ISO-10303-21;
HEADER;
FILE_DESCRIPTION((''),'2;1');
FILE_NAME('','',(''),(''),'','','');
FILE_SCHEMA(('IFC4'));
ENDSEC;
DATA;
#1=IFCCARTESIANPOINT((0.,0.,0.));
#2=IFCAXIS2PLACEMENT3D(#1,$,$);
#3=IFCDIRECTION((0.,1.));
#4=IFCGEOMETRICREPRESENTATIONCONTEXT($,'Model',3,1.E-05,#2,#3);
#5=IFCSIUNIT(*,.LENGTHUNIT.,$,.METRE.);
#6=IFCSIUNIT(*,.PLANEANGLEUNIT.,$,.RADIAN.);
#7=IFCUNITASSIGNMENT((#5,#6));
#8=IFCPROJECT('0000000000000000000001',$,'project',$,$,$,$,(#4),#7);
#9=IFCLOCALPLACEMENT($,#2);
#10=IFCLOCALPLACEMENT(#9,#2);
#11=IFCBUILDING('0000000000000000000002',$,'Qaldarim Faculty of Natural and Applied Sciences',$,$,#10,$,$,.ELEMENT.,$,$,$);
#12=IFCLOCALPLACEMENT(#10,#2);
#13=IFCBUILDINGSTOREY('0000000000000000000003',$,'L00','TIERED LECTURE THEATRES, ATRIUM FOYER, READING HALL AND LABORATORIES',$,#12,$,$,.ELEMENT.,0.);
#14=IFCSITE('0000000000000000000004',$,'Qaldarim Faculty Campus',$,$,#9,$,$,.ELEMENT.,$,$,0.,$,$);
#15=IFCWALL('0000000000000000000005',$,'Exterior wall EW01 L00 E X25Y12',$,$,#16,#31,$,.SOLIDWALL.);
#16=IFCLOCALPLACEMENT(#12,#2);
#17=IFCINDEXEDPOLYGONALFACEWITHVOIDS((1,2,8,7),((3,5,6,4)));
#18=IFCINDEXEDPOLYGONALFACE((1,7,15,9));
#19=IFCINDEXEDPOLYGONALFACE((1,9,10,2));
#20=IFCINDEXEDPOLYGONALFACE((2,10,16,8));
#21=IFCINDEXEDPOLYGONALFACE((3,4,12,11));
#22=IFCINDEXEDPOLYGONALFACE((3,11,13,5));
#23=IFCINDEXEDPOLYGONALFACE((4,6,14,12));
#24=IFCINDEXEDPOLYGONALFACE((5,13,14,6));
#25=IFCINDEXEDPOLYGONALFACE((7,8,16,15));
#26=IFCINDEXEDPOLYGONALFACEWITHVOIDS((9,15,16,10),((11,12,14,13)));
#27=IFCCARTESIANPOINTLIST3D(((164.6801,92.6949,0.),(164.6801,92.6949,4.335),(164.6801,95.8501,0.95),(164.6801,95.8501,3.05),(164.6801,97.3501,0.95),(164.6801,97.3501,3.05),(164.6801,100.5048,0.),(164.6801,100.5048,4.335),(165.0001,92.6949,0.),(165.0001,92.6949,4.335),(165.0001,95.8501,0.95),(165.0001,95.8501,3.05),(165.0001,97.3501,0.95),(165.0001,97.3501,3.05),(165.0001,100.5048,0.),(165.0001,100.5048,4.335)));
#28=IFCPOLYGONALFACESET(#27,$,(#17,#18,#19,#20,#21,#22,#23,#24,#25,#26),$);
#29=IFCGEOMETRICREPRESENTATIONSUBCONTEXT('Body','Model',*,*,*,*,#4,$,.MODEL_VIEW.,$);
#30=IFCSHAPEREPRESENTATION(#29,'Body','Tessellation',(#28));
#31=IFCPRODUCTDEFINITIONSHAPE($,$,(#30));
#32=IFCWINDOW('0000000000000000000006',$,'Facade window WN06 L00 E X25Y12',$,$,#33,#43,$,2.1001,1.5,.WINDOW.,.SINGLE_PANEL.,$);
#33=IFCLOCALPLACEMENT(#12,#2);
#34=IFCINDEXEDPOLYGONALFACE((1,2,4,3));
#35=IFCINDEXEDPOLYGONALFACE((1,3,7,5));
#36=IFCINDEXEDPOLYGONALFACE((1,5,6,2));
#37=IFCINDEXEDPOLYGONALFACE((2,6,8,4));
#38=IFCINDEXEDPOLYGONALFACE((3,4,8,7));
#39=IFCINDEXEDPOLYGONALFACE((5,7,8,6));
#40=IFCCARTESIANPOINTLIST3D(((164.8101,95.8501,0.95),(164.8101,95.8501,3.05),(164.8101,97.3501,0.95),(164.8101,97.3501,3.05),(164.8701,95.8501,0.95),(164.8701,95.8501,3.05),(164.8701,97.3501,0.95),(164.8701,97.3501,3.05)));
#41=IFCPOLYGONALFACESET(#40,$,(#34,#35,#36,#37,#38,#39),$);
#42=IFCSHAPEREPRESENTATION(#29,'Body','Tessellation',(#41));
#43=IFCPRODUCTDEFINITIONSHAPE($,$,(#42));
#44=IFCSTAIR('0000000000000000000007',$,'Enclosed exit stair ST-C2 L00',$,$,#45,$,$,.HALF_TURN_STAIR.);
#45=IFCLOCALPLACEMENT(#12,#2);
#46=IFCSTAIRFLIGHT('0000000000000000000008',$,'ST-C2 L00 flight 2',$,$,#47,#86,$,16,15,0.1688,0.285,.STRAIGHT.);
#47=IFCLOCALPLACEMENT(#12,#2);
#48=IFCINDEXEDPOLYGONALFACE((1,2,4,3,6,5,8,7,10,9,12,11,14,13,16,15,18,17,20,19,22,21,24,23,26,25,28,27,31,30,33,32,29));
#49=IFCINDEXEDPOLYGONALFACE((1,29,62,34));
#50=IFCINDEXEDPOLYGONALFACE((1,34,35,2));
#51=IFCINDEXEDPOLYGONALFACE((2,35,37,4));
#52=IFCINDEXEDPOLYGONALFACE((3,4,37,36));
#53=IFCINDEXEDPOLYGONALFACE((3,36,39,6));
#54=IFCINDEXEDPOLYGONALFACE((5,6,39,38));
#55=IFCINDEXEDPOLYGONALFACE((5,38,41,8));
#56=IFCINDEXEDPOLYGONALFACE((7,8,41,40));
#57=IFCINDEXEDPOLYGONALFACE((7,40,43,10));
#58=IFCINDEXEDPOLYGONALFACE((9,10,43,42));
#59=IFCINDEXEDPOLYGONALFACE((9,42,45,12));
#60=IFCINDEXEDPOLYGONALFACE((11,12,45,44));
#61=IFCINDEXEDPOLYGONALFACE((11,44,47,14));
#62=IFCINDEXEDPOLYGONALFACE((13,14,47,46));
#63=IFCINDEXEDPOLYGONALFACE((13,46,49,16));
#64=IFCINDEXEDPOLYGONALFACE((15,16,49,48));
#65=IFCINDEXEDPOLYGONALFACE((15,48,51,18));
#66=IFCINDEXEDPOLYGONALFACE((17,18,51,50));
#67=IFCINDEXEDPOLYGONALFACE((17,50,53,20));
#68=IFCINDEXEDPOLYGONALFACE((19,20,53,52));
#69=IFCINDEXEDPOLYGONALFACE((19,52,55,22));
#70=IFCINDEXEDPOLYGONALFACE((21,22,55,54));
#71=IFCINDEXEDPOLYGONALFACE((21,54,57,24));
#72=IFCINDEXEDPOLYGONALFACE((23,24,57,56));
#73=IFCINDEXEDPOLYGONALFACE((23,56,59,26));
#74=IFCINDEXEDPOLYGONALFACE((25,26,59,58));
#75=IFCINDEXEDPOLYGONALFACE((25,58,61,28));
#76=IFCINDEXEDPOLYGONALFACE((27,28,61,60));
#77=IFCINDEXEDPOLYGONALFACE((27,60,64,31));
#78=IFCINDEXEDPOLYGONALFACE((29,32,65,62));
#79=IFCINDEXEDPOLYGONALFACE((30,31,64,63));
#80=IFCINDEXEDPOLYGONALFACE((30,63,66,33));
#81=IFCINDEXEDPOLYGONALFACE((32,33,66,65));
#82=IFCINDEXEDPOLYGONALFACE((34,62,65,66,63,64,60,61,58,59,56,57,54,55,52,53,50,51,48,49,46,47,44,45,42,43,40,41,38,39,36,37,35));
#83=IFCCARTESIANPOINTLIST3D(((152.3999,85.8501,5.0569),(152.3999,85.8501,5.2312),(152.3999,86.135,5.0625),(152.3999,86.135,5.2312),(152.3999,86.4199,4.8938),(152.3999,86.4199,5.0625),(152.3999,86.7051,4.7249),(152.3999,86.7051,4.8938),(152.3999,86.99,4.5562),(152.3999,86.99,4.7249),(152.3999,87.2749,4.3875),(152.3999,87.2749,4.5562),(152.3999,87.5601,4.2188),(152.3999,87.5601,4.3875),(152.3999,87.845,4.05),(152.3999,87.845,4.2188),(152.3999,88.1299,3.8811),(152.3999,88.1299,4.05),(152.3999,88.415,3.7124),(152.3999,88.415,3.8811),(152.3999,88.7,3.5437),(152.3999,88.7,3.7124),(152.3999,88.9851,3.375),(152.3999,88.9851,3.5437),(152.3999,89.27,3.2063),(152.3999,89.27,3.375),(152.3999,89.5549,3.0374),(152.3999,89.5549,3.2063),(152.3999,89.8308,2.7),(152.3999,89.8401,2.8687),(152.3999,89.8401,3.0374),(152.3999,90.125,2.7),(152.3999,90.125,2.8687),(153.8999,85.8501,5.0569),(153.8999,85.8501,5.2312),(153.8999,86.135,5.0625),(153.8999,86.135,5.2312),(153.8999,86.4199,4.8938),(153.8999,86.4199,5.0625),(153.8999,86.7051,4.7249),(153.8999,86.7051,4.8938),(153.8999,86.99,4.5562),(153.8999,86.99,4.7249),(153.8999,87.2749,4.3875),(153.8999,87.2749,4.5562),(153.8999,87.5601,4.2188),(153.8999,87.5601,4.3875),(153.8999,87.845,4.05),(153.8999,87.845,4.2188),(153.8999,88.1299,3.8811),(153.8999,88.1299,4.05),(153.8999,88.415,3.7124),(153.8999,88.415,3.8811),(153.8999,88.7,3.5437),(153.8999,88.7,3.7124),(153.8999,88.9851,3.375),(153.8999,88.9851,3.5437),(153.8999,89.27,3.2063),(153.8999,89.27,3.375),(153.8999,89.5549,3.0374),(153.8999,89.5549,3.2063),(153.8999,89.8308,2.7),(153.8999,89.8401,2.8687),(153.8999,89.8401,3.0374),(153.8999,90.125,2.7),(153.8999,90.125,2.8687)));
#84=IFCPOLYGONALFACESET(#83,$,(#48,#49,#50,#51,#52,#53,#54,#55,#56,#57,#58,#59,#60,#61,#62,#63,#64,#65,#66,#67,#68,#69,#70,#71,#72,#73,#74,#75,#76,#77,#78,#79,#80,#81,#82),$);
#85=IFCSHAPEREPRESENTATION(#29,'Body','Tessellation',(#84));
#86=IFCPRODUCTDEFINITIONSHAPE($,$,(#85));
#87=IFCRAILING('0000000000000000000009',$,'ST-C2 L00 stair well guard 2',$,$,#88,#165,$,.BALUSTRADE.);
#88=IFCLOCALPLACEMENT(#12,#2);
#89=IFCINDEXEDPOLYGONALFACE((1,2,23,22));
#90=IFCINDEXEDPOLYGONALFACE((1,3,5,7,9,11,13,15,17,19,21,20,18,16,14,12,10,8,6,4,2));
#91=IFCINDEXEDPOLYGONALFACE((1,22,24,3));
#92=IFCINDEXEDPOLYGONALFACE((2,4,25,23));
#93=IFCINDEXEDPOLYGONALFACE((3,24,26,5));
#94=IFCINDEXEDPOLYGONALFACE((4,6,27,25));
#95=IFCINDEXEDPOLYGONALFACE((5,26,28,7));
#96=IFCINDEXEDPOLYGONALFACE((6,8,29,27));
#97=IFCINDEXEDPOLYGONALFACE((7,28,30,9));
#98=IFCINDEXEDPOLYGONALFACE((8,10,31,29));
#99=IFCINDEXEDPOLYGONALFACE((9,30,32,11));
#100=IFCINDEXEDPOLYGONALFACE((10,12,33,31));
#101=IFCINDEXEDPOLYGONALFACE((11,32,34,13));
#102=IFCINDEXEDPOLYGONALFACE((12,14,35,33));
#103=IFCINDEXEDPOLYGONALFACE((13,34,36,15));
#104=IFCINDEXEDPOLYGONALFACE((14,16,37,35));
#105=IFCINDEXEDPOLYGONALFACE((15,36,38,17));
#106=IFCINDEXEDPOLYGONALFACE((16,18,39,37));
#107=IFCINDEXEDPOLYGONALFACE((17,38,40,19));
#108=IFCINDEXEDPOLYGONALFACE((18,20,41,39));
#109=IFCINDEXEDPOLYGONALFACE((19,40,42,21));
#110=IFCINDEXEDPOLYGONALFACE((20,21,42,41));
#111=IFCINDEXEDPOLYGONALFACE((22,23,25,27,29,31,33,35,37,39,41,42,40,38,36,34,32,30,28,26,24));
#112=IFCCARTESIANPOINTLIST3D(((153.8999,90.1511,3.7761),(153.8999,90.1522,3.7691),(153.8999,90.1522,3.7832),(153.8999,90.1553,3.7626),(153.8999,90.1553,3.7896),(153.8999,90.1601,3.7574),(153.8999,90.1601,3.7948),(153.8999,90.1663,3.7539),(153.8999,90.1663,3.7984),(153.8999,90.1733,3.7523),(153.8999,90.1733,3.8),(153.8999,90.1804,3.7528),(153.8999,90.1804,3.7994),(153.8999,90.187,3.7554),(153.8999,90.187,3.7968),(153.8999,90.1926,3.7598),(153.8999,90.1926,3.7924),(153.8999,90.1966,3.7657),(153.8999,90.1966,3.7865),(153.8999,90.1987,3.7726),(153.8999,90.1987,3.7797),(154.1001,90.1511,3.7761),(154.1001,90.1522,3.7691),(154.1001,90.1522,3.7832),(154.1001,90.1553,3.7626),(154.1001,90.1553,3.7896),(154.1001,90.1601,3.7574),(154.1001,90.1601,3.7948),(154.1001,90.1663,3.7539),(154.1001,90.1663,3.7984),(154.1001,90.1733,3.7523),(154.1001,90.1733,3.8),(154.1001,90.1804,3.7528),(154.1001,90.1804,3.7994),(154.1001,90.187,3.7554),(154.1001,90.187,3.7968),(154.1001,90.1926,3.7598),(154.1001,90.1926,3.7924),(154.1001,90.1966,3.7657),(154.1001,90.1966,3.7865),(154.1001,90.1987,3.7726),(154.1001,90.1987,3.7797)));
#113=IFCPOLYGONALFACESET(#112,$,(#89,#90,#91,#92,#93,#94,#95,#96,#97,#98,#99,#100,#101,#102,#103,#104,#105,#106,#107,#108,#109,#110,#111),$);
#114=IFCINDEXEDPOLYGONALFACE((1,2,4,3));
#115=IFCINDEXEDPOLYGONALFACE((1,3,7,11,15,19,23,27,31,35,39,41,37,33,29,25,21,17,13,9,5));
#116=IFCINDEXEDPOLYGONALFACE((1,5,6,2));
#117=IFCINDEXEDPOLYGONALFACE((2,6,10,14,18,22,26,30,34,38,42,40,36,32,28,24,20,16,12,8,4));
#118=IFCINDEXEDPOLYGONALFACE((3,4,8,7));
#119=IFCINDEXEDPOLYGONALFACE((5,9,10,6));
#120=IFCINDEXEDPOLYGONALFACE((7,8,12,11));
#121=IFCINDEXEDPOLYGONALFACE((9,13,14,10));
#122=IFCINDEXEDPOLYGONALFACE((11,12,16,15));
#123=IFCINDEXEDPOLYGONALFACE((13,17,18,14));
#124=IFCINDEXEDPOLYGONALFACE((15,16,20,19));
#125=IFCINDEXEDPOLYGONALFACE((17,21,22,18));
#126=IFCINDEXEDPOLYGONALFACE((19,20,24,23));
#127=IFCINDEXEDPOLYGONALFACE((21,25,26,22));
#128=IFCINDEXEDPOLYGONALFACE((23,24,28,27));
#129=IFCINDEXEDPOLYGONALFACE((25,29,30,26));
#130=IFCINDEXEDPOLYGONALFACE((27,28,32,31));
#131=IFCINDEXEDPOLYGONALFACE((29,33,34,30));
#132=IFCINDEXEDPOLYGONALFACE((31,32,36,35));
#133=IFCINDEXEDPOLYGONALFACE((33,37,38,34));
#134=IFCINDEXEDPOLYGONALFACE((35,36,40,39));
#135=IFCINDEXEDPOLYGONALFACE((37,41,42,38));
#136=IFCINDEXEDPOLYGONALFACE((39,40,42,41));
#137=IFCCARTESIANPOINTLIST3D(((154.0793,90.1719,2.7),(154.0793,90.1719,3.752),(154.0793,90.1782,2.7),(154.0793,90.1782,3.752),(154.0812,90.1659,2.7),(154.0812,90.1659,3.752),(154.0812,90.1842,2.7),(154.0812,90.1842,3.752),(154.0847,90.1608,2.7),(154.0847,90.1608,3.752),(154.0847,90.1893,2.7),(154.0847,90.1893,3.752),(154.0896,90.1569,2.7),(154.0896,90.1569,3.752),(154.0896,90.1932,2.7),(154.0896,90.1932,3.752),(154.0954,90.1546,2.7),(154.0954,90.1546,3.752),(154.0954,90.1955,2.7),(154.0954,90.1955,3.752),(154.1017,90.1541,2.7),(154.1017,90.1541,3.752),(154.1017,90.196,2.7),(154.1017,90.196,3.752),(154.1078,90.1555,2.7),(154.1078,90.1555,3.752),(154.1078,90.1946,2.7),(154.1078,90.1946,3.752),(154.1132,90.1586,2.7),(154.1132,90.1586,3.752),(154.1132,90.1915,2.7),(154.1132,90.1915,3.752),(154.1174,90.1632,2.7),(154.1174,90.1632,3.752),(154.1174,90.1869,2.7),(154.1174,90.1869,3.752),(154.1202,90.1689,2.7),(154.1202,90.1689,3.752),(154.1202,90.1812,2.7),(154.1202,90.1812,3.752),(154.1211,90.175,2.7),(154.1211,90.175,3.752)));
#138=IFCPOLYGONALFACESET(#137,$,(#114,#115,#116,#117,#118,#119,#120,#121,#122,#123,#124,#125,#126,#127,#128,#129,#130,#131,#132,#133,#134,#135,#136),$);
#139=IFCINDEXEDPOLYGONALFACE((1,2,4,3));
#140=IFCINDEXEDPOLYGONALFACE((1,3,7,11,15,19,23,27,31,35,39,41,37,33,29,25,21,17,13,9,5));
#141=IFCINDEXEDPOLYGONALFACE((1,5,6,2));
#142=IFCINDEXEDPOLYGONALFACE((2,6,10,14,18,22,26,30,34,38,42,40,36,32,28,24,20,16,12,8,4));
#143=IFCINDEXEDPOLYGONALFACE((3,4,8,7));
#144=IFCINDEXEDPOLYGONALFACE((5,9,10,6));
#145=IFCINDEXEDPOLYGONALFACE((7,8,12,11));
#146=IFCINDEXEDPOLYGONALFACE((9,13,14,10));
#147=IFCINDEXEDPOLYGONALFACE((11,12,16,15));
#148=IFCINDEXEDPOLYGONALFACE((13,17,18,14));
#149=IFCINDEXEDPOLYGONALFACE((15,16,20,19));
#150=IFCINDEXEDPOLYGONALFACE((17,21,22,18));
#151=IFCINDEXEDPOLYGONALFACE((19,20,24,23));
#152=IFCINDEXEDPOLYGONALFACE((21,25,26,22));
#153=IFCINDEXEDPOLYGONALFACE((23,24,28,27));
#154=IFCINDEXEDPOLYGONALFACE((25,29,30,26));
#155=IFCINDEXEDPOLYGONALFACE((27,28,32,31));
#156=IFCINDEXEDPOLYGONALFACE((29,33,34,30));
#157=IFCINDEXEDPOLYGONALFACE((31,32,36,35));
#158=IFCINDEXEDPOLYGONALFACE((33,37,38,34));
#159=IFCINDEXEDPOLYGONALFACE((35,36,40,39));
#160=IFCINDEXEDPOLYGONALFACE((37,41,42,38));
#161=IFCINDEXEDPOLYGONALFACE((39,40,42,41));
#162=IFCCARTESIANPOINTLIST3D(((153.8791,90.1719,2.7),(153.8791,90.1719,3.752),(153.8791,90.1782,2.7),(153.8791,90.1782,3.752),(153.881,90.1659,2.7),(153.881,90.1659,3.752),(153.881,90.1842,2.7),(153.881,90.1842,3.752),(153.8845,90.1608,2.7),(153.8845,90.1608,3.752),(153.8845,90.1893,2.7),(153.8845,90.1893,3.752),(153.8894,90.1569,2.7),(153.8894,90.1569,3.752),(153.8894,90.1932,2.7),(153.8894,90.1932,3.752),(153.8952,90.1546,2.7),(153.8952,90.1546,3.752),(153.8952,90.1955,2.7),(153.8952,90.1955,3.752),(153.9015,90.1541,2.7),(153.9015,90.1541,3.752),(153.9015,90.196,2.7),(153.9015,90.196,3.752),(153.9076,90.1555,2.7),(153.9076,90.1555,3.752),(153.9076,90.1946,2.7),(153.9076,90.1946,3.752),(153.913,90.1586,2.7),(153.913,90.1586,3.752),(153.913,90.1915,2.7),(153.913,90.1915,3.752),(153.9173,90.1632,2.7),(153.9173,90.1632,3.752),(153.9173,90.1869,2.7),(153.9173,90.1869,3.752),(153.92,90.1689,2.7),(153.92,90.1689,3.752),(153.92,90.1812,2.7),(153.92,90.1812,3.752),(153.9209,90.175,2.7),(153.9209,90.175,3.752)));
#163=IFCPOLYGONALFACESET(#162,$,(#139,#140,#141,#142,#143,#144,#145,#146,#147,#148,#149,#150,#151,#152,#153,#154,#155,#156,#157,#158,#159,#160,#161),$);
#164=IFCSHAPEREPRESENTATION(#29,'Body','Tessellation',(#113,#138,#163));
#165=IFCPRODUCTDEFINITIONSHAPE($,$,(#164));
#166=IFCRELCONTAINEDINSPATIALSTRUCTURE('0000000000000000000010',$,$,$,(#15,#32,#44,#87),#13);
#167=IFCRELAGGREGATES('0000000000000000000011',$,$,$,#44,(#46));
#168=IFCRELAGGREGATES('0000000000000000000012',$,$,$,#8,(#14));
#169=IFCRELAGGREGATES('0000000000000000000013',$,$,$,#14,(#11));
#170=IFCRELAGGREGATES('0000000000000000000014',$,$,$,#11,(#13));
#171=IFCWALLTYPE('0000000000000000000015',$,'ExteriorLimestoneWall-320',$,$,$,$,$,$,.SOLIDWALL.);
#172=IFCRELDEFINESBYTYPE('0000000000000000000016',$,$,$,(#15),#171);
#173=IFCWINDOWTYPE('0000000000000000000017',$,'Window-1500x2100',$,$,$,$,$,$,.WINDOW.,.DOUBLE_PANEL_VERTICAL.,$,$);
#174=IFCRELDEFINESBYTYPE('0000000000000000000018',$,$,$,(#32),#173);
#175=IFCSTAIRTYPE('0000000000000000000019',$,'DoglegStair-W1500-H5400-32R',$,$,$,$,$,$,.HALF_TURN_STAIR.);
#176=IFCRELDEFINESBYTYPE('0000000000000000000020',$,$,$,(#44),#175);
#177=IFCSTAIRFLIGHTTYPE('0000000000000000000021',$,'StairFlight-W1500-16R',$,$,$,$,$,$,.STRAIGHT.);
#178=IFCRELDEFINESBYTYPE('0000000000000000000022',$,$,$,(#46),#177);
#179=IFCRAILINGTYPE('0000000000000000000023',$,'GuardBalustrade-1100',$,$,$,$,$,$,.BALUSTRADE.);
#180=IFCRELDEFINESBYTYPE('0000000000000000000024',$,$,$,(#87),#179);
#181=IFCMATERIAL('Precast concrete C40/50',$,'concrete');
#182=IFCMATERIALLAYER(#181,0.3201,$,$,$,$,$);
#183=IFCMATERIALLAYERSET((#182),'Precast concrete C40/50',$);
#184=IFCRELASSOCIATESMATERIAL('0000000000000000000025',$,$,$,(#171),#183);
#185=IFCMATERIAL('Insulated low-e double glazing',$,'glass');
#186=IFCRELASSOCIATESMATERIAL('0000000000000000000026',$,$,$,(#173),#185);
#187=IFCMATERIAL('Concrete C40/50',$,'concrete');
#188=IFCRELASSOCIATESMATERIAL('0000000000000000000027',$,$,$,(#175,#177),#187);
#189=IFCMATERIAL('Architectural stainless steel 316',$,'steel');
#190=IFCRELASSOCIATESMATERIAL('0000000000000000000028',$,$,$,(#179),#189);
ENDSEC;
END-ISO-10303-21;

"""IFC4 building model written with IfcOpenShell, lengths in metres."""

from ifc_helpers import new_model, si_unit, direction, frame, frame_2d, origin, origin_2d, place, context, subcontext, project, spatial, polyline, rectangle, circle, outline, extrude, material, layer, layer_set, type_object, element, fill, aggregate, save


model = new_model("IFC4")

# Units and contexts
model_context = context("Model", 3, precision=1e-05, world=origin(), true_north=direction((0.0, 1.0)))
body_context = subcontext(model_context, "Body", "Model", "MODEL_VIEW")
ifc_project = project(units=[si_unit("LENGTHUNIT", "METRE"), si_unit("PLANEANGLEUNIT", "RADIAN")], contexts=[model_context])

# Site, building, storey
site_placement = place(None, origin())
site = spatial("IfcSite", under=ifc_project, at=site_placement, Name="Qaldarim Faculty Campus", CompositionType="ELEMENT", RefElevation=0.0)
building_placement = place(site_placement, origin())
building = spatial("IfcBuilding", under=site, at=building_placement, Name="Qaldarim Faculty of Natural and Applied Sciences", CompositionType="ELEMENT")
storey_placement = place(building_placement, origin())
storey = spatial("IfcBuildingStorey", under=building, at=storey_placement, Name="L00", Description="TIERED LECTURE THEATRES, ATRIUM FOYER, READING HALL AND LABORATORIES", CompositionType="ELEMENT", Elevation=0.0)

# Shared definitions
ifc_material_1 = material(Name="Concrete C40/50", Category="concrete")

# Wall, opening, window
ifc_material_2 = material(Name="Precast concrete C40/50", Category="concrete")
ifc_layer_1 = layer(ifc_material_2, 0.3201)
ifc_layer_set_1 = layer_set([ifc_layer_1], Name="Precast concrete C40/50")
wall_type_1 = type_object("IfcWallType", Name="ExteriorLimestoneWall-320", PredefinedType="SOLIDWALL", material=ifc_layer_set_1)
wall_1_placement = place(storey_placement, frame((164.8401, 92.6951, 0.0), z_axis=(0.0, 0.0, 1.0), x_axis=(0.0, 1.0, 0.0)))
wall_1 = element("IfcWall", 1, at=wall_1_placement, inside=storey, type_object=wall_type_1, Name="Exterior wall EW01 L00 E X25Y12", PredefinedType="SOLIDWALL", context=body_context, shape_type="SweptSolid", body=[
    extrude(rectangle(XDim=7.8098, YDim=0.3201, at=frame_2d((3.9048, 0.0))), origin(), (0.0, 0.0, 1.0), 4.335),
])
opening_1_placement = place(wall_1_placement, frame((3.155, 0.0, 0.95)))
opening_1 = element("IfcOpeningElement", 2, at=opening_1_placement, cuts=wall_1, PredefinedType="OPENING", context=body_context, shape_type="SweptSolid", body=[
    extrude(rectangle(XDim=1.5, YDim=2.1001, at=frame_2d((0.75, 1.05))), frame((0.0, 0.1699, 0.0), z_axis=(0.0, -1.0, 0.0), x_axis=(1.0, 0.0, 0.0)), (0.0, 0.0, 1.0), 0.3401),
])
ifc_material_3 = material(Name="Insulated low-e double glazing", Category="glass")
window_type = type_object("IfcWindowType", Name="Window-1500x2100", PartitioningType="DOUBLE_PANEL_VERTICAL", PredefinedType="WINDOW", material=ifc_material_3)
window_placement = place(opening_1_placement, origin())
window = element("IfcWindow", 3, at=window_placement, inside=storey, type_object=window_type, Name="Facade window WN06 L00 E X25Y12", OverallHeight=2.1001, OverallWidth=1.5, PartitioningType="SINGLE_PANEL", PredefinedType="WINDOW", context=body_context, shape_type="SweptSolid", body=[
    extrude(rectangle(XDim=1.5, YDim=2.1001, at=frame_2d((0.75, 1.05))), frame((0.0, 0.03, 0.0), z_axis=(0.0, -1.0, 0.0), x_axis=(1.0, 0.0, 0.0)), (0.0, 0.0, 1.0), 0.0601),
])
fill(opening_1, window)

# Stair, stair flight
stair_type = type_object("IfcStairType", Name="DoglegStair-W1500-H5400-32R", PredefinedType="HALF_TURN_STAIR", material=ifc_material_1)
stair_placement = place(storey_placement, origin())
stair = element("IfcStair", 4, at=stair_placement, inside=storey, type_object=stair_type, Name="Enclosed exit stair ST-C2 L00", PredefinedType="HALF_TURN_STAIR")
stair_flight_type = type_object("IfcStairFlightType", Name="StairFlight-W1500-16R", PredefinedType="STRAIGHT", material=ifc_material_1)
stair_flight_placement = place(storey_placement, frame((153.1499, 90.125, 2.7), z_axis=(0.0, 0.0, 1.0), x_axis=(0.0, -1.0, 0.0)))
stair_flight = element("IfcStairFlight", 5, at=stair_flight_placement, type_object=stair_flight_type, Name="ST-C2 L00 flight 2", NumberOfRisers=16, NumberOfTreads=15, PredefinedType="STRAIGHT", RiserHeight=0.1688, TreadLength=0.285, context=body_context, shape_type="SweptSolid", body=[
    extrude(outline(polyline([(0.0, 0.0), (0.0, 0.1687), (0.2849, 0.1687), (0.2849, 0.3374), (0.5701, 0.3374), (0.5701, 0.5063), (0.855, 0.5063), (0.855, 0.675), (1.1399, 0.675), (1.1399, 0.8438), (1.425, 0.8438), (1.425, 1.0125), (1.71, 1.0125), (1.71, 1.1812), (1.9951, 1.1812), (1.9951, 1.3501), (2.28, 1.3501), (2.28, 1.5188), (2.5649, 1.5188), (2.5649, 1.6875), (2.8501, 1.6875), (2.8501, 1.8562), (3.135, 1.8562), (3.135, 2.0249), (3.4199, 2.0249), (3.4199, 2.1938), (3.7051, 2.1938), (3.7051, 2.3625), (3.99, 2.3625), (3.99, 2.5312), (4.2749, 2.5312), (4.2749, 2.7), (4.2749, 2.3569), (0.2942, 0.0), (0.0, 0.0)])), frame((0.0, 0.75, 0.0), z_axis=(0.0, -1.0, 0.0), x_axis=(1.0, 0.0, 0.0)), (0.0, 0.0, 1.0), 1.5),
])
aggregate(stair, [stair_flight])

# Railing
ifc_material_4 = material(Name="Architectural stainless steel 316", Category="steel")
railing_type_1 = type_object("IfcRailingType", Name="GuardBalustrade-1100", PredefinedType="BALUSTRADE", material=ifc_material_4)
railing_1_placement = place(storey_placement, frame((154.1001, 90.175, 2.7)))
element("IfcRailing", 6, at=railing_1_placement, inside=storey, type_object=railing_type_1, Name="ST-C2 L00 stair well guard 2", PredefinedType="BALUSTRADE", context=body_context, shape_type="SweptSolid", body=[
    extrude(circle(Radius=0.0239, at=origin_2d()), frame((0.0, 0.0, 1.0762), z_axis=(-1.0, 0.0, 0.0), x_axis=(0.0, -1.0, 0.0)), (0.0, 0.0, 1.0), 0.2002),
    extrude(circle(Radius=0.021, at=origin_2d()), origin(), (0.0, 0.0, 1.0), 1.052),
    extrude(circle(Radius=0.021, at=origin_2d()), frame((-0.2002, 0.0, 0.0)), (0.0, 0.0, 1.0), 1.052),
])

save(model, "model.ifc")
